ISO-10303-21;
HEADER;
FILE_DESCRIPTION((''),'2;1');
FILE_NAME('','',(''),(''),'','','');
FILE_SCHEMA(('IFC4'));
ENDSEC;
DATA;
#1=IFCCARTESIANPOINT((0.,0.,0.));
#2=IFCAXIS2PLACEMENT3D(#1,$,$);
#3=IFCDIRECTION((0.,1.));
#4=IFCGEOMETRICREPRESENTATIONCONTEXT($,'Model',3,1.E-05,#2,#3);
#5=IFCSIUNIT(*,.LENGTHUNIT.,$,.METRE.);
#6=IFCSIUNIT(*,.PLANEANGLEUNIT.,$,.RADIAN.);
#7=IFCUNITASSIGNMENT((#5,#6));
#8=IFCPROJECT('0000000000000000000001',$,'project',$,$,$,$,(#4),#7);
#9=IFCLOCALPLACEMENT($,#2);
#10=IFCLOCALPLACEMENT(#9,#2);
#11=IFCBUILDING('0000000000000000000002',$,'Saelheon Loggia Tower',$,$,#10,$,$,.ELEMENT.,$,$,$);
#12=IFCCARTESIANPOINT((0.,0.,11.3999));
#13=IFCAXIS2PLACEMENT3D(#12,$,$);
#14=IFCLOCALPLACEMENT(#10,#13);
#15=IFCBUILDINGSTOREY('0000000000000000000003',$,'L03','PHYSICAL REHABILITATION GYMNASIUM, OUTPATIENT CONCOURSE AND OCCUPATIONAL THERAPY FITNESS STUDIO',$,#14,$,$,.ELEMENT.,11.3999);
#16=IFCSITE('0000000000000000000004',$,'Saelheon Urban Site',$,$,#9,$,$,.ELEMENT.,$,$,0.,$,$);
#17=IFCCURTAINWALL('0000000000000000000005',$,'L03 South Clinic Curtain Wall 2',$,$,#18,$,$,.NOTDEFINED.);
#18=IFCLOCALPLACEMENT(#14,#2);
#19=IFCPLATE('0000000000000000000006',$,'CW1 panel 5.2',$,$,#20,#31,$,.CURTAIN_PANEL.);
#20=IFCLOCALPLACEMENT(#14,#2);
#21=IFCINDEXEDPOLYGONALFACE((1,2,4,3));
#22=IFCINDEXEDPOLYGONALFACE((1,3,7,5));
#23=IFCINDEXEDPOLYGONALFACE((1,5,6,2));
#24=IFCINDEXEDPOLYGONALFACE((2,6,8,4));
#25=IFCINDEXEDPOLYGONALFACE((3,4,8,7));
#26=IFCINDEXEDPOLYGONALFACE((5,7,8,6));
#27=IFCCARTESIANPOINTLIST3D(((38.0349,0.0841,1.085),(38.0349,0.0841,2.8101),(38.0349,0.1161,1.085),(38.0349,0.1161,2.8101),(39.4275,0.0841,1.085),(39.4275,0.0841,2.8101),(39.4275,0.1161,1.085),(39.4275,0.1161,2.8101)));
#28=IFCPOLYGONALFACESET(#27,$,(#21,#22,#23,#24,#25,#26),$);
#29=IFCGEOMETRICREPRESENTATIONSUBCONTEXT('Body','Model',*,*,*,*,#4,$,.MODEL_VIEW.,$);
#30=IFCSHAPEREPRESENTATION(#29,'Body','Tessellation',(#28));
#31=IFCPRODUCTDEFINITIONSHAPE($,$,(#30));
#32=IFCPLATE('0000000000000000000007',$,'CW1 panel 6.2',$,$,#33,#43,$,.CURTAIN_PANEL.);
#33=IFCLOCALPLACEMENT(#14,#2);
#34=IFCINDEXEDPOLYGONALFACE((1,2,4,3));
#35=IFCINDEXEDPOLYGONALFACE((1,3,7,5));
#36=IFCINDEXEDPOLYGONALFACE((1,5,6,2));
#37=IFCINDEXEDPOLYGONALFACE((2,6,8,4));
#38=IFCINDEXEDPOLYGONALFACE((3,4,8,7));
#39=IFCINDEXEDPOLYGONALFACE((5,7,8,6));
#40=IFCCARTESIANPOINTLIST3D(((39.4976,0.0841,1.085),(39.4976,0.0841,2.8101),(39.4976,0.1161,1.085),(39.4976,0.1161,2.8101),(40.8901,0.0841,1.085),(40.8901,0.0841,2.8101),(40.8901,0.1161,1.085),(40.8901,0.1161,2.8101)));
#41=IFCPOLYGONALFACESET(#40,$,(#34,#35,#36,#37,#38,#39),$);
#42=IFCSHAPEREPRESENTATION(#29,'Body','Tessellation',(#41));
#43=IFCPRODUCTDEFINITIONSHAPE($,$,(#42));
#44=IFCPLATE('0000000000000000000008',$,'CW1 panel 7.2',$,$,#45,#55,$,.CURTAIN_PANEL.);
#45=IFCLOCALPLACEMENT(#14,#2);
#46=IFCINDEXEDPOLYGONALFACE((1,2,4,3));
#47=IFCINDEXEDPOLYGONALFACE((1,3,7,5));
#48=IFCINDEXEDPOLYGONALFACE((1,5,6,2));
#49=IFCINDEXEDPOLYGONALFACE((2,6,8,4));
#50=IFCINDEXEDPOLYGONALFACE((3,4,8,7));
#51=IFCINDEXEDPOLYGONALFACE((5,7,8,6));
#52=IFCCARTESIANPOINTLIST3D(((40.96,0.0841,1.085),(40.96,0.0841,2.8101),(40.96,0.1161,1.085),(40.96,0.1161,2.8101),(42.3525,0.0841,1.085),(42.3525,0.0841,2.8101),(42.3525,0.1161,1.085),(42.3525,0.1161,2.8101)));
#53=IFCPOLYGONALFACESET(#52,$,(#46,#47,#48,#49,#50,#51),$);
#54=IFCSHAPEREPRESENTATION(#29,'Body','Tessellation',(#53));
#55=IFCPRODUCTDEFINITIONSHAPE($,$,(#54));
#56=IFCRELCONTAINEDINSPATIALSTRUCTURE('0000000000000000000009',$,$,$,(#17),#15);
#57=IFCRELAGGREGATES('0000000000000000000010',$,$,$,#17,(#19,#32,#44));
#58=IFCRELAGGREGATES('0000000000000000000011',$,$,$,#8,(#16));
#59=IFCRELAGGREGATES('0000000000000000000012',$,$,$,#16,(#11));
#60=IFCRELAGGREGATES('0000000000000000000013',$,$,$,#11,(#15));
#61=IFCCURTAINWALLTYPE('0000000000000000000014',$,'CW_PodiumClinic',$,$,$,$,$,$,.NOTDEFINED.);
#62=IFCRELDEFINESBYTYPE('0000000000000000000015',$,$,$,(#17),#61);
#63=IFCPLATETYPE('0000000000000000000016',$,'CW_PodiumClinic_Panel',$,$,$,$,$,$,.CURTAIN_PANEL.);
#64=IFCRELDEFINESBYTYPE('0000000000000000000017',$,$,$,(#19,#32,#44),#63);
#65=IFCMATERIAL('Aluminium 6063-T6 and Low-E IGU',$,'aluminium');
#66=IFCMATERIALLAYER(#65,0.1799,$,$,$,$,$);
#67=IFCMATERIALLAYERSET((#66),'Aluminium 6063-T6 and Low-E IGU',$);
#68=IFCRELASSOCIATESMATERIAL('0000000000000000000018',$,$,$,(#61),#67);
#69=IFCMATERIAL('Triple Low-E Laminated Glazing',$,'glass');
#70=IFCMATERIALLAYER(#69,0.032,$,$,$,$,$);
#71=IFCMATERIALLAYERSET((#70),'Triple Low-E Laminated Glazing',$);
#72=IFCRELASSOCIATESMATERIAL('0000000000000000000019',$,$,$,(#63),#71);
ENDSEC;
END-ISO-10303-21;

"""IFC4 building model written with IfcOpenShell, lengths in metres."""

from ifc_helpers import new_model, si_unit, direction, frame, origin, origin_2d, place, context, subcontext, project, spatial, rectangle, extrude, source, transform, mapped, material, layer, layer_set, type_object, element, aggregate, save


model = new_model("IFC4")

# Units and contexts
model_context = context("Model", 3, precision=1e-05, world=origin(), true_north=direction((0.0, 1.0)))
body_context = subcontext(model_context, "Body", "Model", "MODEL_VIEW")
ifc_project = project(units=[si_unit("LENGTHUNIT", "METRE"), si_unit("PLANEANGLEUNIT", "RADIAN")], contexts=[model_context])

# Site, building, storey
site_placement = place(None, origin())
site = spatial("IfcSite", under=ifc_project, at=site_placement, Name="Saelheon Urban Site", CompositionType="ELEMENT", RefElevation=0.0)
building_placement = place(site_placement, origin())
building = spatial("IfcBuilding", under=site, at=building_placement, Name="Saelheon Loggia Tower", CompositionType="ELEMENT")
storey_placement = place(building_placement, frame((0.0, 0.0, 11.3999)))
storey = spatial("IfcBuildingStorey", under=building, at=storey_placement, Name="L03", Description="PHYSICAL REHABILITATION GYMNASIUM, OUTPATIENT CONCOURSE AND OCCUPATIONAL THERAPY FITNESS STUDIO", CompositionType="ELEMENT", Elevation=11.3999)

# Curtain wall
ifc_material_1 = material(Name="Aluminium 6063-T6 and Low-E IGU", Category="aluminium")
ifc_layer_1 = layer(ifc_material_1, 0.1799)
ifc_layer_set_1 = layer_set([ifc_layer_1], Name="Aluminium 6063-T6 and Low-E IGU")
curtain_wall_type = type_object("IfcCurtainWallType", Name="CW_PodiumClinic", PredefinedType="NOTDEFINED", material=ifc_layer_set_1)
curtain_wall_1_placement = place(storey_placement, origin())
curtain_wall_1 = element("IfcCurtainWall", 1, at=curtain_wall_1_placement, inside=storey, type_object=curtain_wall_type, Name="L03 South Clinic Curtain Wall 2", PredefinedType="NOTDEFINED")

# Plates
ifc_material_2 = material(Name="Triple Low-E Laminated Glazing", Category="glass")
ifc_layer_2 = layer(ifc_material_2, 0.032)
ifc_layer_set_2 = layer_set([ifc_layer_2], Name="Triple Low-E Laminated Glazing")
plate_type = type_object("IfcPlateType", Name="CW_PodiumClinic_Panel", PredefinedType="CURTAIN_PANEL", material=ifc_layer_set_2)
shared_shape_1 = source(origin(), body_context, "Body", "SweptSolid", [
    extrude(rectangle(XDim=1.3926, YDim=0.032, at=origin_2d()), origin(), (0.0, 0.0, 1.0), 1.7251),
])
plate_1_placement = place(storey_placement, frame((38.7312, 0.1001, 1.085), z_axis=(0.0, 0.0, 1.0), x_axis=(1.0, 0.0, 0.0)))
plate_1 = element("IfcPlate", 2, at=plate_1_placement, type_object=plate_type, Name="CW1 panel 5.2", PredefinedType="CURTAIN_PANEL", context=body_context, shape_type="MappedRepresentation", body=[
    mapped(shared_shape_1, transform((0.0, 0.0, 0.0), scale=1.0)),
])
plate_2_placement = place(storey_placement, frame((40.1938, 0.1001, 1.085), z_axis=(0.0, 0.0, 1.0), x_axis=(1.0, 0.0, 0.0)))
plate_2 = element("IfcPlate", 3, at=plate_2_placement, type_object=plate_type, Name="CW1 panel 6.2", PredefinedType="CURTAIN_PANEL", context=body_context, shape_type="MappedRepresentation", body=[
    mapped(shared_shape_1, transform((0.0, 0.0, 0.0), scale=1.0)),
])
plate_3_placement = place(storey_placement, frame((41.6562, 0.1001, 1.085), z_axis=(0.0, 0.0, 1.0), x_axis=(1.0, 0.0, 0.0)))
plate_3 = element("IfcPlate", 4, at=plate_3_placement, type_object=plate_type, Name="CW1 panel 7.2", PredefinedType="CURTAIN_PANEL", context=body_context, shape_type="MappedRepresentation", body=[
    mapped(shared_shape_1, transform((0.0, 0.0, 0.0), scale=1.0)),
])
aggregate(curtain_wall_1, [plate_1, plate_2, plate_3])

save(model, "model.ifc")
